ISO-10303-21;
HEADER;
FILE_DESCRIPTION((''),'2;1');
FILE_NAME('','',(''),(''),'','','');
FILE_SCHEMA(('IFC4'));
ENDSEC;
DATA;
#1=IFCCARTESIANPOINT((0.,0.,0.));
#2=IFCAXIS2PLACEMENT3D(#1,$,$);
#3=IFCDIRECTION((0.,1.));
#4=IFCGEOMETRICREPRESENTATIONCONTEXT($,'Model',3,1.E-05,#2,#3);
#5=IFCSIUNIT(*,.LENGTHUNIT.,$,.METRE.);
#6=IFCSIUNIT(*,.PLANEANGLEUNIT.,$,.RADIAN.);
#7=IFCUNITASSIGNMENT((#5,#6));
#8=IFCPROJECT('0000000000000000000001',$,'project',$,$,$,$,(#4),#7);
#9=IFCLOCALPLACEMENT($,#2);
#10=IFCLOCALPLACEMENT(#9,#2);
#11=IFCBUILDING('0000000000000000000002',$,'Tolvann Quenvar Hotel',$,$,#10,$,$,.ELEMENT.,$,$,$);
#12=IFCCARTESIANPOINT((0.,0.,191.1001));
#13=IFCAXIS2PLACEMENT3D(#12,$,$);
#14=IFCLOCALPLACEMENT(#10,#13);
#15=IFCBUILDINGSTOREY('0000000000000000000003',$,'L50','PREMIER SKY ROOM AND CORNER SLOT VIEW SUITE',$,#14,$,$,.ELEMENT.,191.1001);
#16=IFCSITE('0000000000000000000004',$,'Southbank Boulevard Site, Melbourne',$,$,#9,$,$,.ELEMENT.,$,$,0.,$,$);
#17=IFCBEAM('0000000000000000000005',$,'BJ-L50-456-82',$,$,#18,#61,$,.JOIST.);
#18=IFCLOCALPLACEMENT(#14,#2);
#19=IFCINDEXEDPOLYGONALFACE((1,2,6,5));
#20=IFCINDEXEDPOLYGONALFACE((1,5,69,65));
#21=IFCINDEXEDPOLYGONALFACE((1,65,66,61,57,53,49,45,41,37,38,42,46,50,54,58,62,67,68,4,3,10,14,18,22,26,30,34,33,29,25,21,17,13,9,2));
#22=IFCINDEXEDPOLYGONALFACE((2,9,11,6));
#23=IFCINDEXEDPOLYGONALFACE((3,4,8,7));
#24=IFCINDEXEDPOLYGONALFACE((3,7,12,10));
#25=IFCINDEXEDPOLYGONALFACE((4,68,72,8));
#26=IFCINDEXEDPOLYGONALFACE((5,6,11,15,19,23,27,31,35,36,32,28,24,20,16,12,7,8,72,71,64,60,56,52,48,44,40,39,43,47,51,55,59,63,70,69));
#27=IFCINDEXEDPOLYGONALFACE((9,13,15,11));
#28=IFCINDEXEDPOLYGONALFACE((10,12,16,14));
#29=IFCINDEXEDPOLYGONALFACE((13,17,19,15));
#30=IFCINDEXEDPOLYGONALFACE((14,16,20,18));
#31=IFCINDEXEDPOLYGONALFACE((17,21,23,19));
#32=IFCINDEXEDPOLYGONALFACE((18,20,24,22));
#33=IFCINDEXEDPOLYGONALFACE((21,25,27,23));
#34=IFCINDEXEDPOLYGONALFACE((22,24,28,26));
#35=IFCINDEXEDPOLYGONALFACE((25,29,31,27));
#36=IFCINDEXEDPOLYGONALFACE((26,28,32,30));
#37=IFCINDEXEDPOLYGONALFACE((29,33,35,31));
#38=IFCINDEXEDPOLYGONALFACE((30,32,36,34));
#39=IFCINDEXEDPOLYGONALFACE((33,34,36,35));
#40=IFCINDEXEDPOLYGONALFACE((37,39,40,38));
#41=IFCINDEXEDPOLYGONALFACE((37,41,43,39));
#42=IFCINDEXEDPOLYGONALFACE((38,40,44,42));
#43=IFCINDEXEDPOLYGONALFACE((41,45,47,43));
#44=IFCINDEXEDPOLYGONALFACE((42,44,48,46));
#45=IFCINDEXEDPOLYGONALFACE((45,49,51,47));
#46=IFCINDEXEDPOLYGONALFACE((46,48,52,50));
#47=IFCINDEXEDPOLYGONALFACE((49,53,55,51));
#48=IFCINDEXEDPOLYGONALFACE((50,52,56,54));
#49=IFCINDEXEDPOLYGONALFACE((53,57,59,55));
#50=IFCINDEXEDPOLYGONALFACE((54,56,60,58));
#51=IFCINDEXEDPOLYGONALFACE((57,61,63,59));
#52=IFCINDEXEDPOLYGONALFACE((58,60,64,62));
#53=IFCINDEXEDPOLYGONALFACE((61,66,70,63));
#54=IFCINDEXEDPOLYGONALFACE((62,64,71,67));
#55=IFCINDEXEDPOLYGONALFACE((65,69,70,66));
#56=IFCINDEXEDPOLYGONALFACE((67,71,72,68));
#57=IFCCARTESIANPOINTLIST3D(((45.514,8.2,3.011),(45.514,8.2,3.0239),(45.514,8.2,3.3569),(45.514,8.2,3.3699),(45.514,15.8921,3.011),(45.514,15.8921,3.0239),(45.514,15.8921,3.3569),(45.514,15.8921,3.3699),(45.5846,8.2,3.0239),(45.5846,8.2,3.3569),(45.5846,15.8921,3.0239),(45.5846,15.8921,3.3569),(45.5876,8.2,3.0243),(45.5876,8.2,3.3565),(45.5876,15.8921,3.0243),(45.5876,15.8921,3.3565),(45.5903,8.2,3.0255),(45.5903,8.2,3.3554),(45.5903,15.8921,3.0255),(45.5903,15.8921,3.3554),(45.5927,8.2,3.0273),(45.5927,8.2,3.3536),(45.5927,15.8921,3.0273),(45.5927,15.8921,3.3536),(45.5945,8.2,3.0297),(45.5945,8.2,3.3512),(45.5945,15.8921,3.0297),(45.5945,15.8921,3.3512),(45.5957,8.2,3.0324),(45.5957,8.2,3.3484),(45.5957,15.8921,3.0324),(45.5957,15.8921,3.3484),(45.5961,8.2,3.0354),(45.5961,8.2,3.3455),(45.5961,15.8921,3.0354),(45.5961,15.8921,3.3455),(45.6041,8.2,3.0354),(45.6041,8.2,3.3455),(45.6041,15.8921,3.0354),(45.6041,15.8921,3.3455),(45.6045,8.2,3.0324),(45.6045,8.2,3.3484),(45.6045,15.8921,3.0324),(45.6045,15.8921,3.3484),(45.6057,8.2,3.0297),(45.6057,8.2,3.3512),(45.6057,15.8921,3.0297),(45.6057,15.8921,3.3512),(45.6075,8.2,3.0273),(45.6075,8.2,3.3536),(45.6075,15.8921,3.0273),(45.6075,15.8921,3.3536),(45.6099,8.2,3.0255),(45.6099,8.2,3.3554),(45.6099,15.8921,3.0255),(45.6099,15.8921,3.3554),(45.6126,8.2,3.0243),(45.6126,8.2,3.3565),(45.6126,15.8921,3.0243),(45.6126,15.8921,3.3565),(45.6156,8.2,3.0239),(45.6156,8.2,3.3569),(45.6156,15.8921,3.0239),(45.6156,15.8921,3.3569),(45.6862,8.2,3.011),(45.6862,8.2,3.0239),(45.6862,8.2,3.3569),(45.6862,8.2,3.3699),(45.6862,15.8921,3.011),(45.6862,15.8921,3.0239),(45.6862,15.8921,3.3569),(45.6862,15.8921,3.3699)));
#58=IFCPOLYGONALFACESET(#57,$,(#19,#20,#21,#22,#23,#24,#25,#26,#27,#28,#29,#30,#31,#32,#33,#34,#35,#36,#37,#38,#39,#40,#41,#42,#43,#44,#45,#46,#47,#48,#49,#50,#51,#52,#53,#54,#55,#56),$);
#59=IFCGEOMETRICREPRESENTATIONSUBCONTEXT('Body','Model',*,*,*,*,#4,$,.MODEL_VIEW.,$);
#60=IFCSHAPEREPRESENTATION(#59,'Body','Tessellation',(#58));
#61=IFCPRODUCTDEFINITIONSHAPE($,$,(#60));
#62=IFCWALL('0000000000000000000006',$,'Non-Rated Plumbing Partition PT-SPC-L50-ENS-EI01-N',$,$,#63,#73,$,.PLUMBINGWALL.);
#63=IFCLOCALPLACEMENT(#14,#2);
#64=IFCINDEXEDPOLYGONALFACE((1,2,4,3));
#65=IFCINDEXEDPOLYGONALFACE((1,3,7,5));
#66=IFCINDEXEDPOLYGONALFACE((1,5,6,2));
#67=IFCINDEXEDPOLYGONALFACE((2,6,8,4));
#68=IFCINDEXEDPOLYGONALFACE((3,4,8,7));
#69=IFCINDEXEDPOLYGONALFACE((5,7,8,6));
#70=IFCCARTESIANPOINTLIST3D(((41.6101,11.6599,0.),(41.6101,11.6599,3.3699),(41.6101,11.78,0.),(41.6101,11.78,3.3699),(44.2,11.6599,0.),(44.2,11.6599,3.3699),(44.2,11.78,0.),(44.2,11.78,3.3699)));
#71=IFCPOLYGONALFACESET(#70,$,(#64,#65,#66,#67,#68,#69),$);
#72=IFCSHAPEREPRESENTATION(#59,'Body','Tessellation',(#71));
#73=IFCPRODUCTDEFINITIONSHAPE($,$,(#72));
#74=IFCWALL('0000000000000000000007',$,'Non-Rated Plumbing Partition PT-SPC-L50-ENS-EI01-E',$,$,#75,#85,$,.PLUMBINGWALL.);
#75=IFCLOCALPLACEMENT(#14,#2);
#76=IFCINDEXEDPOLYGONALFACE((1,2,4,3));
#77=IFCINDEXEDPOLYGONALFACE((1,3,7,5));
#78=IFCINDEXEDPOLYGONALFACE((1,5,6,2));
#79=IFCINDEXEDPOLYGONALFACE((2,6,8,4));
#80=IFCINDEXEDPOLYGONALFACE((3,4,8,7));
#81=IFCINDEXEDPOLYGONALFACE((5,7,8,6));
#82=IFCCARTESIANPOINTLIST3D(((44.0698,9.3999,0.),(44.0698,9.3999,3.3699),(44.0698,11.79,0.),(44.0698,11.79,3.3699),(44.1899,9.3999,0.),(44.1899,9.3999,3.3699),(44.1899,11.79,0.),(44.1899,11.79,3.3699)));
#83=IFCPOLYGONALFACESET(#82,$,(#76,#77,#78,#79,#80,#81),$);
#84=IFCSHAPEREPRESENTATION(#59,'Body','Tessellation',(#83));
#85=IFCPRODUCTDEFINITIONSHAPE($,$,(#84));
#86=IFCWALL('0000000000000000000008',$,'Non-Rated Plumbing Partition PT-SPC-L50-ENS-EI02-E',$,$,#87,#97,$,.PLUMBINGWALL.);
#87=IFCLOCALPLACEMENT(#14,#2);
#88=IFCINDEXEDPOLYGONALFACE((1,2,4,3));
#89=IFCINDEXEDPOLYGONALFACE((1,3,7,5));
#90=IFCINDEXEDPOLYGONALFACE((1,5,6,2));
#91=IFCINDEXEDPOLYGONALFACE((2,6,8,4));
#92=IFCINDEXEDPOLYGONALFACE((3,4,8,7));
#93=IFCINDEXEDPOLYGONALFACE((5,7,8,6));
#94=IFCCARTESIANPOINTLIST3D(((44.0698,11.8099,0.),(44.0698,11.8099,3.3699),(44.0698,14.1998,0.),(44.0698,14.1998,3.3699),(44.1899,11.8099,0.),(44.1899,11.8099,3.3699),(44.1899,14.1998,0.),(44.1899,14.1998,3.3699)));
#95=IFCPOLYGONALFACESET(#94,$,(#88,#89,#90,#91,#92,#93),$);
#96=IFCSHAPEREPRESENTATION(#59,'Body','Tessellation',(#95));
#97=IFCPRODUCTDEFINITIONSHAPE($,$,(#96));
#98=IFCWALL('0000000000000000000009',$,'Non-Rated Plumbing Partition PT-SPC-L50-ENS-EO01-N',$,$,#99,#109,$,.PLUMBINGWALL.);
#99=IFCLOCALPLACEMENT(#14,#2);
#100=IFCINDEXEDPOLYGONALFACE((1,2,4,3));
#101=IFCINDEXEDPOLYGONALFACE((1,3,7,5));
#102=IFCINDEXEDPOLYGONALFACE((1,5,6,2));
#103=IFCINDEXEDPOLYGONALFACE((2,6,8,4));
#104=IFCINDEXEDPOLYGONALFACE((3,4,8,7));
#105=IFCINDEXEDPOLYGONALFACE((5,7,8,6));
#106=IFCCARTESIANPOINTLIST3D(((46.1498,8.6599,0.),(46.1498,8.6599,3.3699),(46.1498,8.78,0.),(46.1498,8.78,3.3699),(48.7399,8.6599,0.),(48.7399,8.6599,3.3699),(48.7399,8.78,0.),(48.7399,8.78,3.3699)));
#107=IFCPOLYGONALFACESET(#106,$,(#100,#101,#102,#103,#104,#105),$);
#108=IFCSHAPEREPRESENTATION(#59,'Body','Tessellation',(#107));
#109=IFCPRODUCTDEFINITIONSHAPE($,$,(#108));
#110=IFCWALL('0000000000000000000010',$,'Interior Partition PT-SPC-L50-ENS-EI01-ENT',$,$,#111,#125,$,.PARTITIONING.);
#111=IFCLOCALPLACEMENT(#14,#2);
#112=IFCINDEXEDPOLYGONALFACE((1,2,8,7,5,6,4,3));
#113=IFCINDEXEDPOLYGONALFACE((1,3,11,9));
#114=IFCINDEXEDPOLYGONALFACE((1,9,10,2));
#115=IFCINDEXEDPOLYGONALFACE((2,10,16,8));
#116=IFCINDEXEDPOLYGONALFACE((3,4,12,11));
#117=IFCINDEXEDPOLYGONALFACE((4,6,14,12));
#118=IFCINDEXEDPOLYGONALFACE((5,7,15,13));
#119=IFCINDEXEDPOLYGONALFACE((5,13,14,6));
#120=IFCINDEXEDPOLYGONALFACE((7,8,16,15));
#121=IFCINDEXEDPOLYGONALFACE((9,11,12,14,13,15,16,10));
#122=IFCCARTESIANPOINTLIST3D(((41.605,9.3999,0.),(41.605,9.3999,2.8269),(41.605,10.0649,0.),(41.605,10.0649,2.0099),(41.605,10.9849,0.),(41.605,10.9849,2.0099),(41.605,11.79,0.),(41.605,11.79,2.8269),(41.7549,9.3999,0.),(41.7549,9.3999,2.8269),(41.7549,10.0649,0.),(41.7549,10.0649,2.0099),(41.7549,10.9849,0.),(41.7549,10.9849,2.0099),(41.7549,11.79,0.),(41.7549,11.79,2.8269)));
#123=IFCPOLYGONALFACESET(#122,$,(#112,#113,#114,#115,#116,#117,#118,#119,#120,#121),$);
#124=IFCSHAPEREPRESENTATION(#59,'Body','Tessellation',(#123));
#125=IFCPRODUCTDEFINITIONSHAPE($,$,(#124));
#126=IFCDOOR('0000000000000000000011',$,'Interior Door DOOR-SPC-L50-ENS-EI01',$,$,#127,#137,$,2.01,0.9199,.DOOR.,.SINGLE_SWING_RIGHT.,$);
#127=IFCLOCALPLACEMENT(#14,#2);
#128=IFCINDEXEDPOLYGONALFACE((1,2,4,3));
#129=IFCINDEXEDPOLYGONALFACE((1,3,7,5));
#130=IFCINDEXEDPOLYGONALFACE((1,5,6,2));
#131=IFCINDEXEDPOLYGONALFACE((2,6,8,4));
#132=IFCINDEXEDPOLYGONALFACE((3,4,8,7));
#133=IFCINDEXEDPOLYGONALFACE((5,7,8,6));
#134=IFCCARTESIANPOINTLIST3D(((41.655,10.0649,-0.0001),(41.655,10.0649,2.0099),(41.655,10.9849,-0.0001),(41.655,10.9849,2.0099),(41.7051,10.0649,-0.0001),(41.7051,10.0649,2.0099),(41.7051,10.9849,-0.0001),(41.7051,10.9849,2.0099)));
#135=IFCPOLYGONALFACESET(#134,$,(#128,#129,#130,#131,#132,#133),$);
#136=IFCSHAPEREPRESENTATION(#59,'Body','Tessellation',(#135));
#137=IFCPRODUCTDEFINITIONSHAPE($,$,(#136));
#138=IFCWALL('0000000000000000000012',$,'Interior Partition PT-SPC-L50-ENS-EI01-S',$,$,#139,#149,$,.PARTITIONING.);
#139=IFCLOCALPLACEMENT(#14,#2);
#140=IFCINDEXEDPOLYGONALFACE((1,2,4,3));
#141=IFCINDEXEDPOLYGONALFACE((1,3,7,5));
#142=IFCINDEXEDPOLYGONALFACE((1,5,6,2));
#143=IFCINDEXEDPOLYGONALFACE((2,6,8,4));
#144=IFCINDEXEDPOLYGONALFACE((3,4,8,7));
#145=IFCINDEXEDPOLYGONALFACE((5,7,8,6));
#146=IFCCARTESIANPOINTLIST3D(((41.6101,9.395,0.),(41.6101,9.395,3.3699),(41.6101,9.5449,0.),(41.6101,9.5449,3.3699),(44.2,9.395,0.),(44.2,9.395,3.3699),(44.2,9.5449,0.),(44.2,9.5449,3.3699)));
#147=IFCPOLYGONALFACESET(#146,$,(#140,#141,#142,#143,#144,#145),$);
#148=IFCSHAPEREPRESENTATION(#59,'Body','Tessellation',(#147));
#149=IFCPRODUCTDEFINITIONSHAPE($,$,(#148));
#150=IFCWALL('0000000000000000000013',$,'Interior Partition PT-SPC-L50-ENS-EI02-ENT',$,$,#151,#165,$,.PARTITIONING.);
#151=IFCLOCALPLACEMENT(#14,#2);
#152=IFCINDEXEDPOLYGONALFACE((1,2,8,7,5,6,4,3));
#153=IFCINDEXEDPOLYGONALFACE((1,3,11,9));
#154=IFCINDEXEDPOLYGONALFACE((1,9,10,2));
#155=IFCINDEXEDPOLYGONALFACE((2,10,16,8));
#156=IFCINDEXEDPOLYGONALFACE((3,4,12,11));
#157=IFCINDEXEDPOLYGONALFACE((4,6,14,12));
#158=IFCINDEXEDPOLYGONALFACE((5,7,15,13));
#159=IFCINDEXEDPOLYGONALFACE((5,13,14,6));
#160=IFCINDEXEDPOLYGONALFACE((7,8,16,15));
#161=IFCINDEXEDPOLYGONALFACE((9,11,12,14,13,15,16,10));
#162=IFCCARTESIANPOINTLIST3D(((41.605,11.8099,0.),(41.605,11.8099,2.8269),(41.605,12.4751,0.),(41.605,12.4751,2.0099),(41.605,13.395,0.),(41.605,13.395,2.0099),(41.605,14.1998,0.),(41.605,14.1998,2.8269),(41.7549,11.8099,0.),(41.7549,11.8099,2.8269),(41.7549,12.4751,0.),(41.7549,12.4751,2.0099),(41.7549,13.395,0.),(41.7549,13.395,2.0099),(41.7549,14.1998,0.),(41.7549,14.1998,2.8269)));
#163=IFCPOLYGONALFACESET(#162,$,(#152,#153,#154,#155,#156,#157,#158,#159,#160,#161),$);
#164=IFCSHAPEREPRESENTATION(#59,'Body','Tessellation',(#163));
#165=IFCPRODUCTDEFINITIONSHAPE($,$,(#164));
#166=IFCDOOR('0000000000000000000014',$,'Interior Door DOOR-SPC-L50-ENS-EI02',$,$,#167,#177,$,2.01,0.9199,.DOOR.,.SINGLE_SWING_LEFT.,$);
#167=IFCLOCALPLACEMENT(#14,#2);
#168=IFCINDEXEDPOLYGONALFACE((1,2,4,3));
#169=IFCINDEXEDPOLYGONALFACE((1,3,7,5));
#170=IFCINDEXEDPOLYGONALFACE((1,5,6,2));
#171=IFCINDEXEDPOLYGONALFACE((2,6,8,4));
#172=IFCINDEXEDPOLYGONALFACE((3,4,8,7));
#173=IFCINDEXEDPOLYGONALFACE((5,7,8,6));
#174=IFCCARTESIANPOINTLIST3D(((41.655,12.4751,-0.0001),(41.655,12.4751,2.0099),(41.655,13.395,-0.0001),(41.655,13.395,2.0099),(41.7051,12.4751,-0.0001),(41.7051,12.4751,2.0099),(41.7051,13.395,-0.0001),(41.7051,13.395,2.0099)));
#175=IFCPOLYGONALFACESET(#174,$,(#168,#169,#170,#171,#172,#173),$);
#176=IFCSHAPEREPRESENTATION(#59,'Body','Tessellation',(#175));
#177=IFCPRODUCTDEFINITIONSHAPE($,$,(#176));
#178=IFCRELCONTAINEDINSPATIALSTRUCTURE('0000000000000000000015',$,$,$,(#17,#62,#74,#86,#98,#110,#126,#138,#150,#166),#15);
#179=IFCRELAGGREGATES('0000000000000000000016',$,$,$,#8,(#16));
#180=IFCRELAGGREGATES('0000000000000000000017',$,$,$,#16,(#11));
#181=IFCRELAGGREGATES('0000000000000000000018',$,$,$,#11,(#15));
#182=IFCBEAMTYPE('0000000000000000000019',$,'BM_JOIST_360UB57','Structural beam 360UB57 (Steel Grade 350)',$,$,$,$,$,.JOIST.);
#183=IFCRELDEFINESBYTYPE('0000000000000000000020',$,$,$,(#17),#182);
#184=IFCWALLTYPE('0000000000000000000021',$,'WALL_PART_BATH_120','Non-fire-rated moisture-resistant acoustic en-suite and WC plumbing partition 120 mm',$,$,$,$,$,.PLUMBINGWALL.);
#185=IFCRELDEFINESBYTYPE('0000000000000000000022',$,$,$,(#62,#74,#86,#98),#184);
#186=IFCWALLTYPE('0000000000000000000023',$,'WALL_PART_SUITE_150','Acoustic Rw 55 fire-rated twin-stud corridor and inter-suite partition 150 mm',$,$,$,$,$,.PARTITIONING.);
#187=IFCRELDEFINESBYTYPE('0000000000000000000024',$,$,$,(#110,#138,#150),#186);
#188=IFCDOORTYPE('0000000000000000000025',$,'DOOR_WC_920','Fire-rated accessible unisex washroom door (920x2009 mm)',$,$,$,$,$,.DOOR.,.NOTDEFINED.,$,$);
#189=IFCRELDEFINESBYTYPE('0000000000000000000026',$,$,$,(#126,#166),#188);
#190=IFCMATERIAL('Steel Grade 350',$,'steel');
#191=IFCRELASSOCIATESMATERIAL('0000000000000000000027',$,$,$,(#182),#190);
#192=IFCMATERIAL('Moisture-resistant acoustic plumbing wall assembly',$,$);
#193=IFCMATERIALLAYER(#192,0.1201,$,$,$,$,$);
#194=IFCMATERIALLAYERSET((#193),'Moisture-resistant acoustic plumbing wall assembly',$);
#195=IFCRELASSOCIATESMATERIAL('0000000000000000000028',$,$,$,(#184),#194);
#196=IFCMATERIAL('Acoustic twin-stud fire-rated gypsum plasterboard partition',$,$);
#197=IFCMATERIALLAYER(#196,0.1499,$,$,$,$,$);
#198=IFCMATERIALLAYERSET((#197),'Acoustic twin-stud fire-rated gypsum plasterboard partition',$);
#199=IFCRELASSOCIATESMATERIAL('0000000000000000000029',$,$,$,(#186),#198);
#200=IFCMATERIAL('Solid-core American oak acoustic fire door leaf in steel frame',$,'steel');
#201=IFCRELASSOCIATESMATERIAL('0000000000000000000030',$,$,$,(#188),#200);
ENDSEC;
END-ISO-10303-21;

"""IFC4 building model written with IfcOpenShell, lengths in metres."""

from ifc_helpers import new_model, si_unit, direction, frame, frame_2d, origin, origin_2d, place, context, subcontext, project, spatial, rectangle, i_section, extrude, source, transform, mapped, material, layer, layer_set, material_profile, profile_set, type_object, type_shapes, element, fill, save


model = new_model("IFC4")

# Units and contexts
model_context = context("Model", 3, precision=1e-05, world=origin(), true_north=direction((0.0, 1.0)))
body_context = subcontext(model_context, "Body", "Model", "MODEL_VIEW")
ifc_project = project(units=[si_unit("LENGTHUNIT", "METRE"), si_unit("PLANEANGLEUNIT", "RADIAN")], contexts=[model_context])

# Site, building, storey
site_placement = place(None, origin())
site = spatial("IfcSite", under=ifc_project, at=site_placement, Name="Southbank Boulevard Site, Melbourne", CompositionType="ELEMENT", RefElevation=0.0)
building_placement = place(site_placement, origin())
building = spatial("IfcBuilding", under=site, at=building_placement, Name="Tolvann Quenvar Hotel", CompositionType="ELEMENT")
storey_placement = place(building_placement, frame((0.0, 0.0, 191.1001)))
storey = spatial("IfcBuildingStorey", under=building, at=storey_placement, Name="L50", Description="PREMIER SKY ROOM AND CORNER SLOT VIEW SUITE", CompositionType="ELEMENT", Elevation=191.1001)

# Shared definitions
ifc_material_1 = material(Name="Steel Grade 350", Category="steel")

# Beam
ifc_material_profile_1 = material_profile(ifc_material_1, i_section(OverallWidth=0.1721, OverallDepth=0.3589, WebThickness=0.0081, FlangeThickness=0.0129, FilletRadius=0.0115, at=origin_2d()), Name="360UB57")
ifc_profile_set_1 = profile_set([ifc_material_profile_1], Name="Steel Grade 350")
beam_type_1 = type_object("IfcBeamType", Name="BM_JOIST_360UB57", Description="Structural beam 360UB57 (Steel Grade 350)", PredefinedType="JOIST", material=ifc_profile_set_1)
shared_shape_1 = source(origin(), body_context, "Body", "SweptSolid", [
    extrude(i_section(OverallWidth=0.1721, OverallDepth=0.3589, WebThickness=0.0081, FlangeThickness=0.0129, FilletRadius=0.0115, at=origin_2d()), origin(), (0.0, 0.0, 1.0), 7.6921),
])
type_shapes(beam_type_1, [shared_shape_1])
beam_1_placement = place(storey_placement, frame((45.6001, 8.2, 3.1904), z_axis=(0.0, 1.0, 0.0), x_axis=(-1.0, 0.0, 0.0)))
element("IfcBeam", 1, at=beam_1_placement, inside=storey, type_object=beam_type_1, Name="BJ-L50-456-82", PredefinedType="JOIST", context=body_context, shape_type="MappedRepresentation", body=[
    mapped(shared_shape_1, transform((0.0, 0.0, 0.0), x_axis=(1.0, 0.0, 0.0), y_axis=(0.0, 1.0, 0.0), z_axis=(0.0, 0.0, 1.0), scale=1.0)),
])

# Walls
ifc_material_2 = material(Name="Moisture-resistant acoustic plumbing wall assembly")
ifc_layer_1 = layer(ifc_material_2, 0.1201)
ifc_layer_set_1 = layer_set([ifc_layer_1], Name="Moisture-resistant acoustic plumbing wall assembly")
wall_type_1 = type_object("IfcWallType", Name="WALL_PART_BATH_120", Description="Non-fire-rated moisture-resistant acoustic en-suite and WC plumbing partition 120 mm", PredefinedType="PLUMBINGWALL", material=ifc_layer_set_1)
wall_1_placement = place(storey_placement, frame((41.6101, 11.72, 0.0), z_axis=(0.0, 0.0, 1.0), x_axis=(1.0, 0.0, 0.0)))
element("IfcWall", 2, at=wall_1_placement, inside=storey, type_object=wall_type_1, Name="Non-Rated Plumbing Partition PT-SPC-L50-ENS-EI01-N", PredefinedType="PLUMBINGWALL", context=body_context, shape_type="SweptSolid", body=[
    extrude(rectangle(XDim=2.5898, YDim=0.1201, at=frame_2d((1.2949, 0.0))), origin(), (0.0, 0.0, 1.0), 3.3699),
])
wall_2_placement = place(storey_placement, frame((44.1299, 9.3999, 0.0), z_axis=(0.0, 0.0, 1.0), x_axis=(0.0, 1.0, 0.0)))
element("IfcWall", 3, at=wall_2_placement, inside=storey, type_object=wall_type_1, Name="Non-Rated Plumbing Partition PT-SPC-L50-ENS-EI01-E", PredefinedType="PLUMBINGWALL", context=body_context, shape_type="SweptSolid", body=[
    extrude(rectangle(XDim=2.3901, YDim=0.1201, at=frame_2d((1.1951, 0.0))), origin(), (0.0, 0.0, 1.0), 3.3699),
])
wall_3_placement = place(storey_placement, frame((44.1299, 11.8101, 0.0), z_axis=(0.0, 0.0, 1.0), x_axis=(0.0, 1.0, 0.0)))
element("IfcWall", 4, at=wall_3_placement, inside=storey, type_object=wall_type_1, Name="Non-Rated Plumbing Partition PT-SPC-L50-ENS-EI02-E", PredefinedType="PLUMBINGWALL", context=body_context, shape_type="SweptSolid", body=[
    extrude(rectangle(XDim=2.3899, YDim=0.1201, at=frame_2d((1.1948, 0.0))), origin(), (0.0, 0.0, 1.0), 3.3699),
])
wall_4_placement = place(storey_placement, frame((46.1499, 8.72, 0.0), z_axis=(0.0, 0.0, 1.0), x_axis=(1.0, 0.0, 0.0)))
element("IfcWall", 5, at=wall_4_placement, inside=storey, type_object=wall_type_1, Name="Non-Rated Plumbing Partition PT-SPC-L50-ENS-EO01-N", PredefinedType="PLUMBINGWALL", context=body_context, shape_type="SweptSolid", body=[
    extrude(rectangle(XDim=2.5901, YDim=0.1201, at=frame_2d((1.2949, 0.0))), origin(), (0.0, 0.0, 1.0), 3.3699),
])

# Wall, opening, door
ifc_material_3 = material(Name="Acoustic twin-stud fire-rated gypsum plasterboard partition")
ifc_layer_2 = layer(ifc_material_3, 0.1499)
ifc_layer_set_2 = layer_set([ifc_layer_2], Name="Acoustic twin-stud fire-rated gypsum plasterboard partition")
wall_type_2 = type_object("IfcWallType", Name="WALL_PART_SUITE_150", Description="Acoustic Rw 55 fire-rated twin-stud corridor and inter-suite partition 150 mm", PredefinedType="PARTITIONING", material=ifc_layer_set_2)
wall_5_placement = place(storey_placement, frame((41.6799, 9.3999, 0.0), z_axis=(0.0, 0.0, 1.0), x_axis=(0.0, 1.0, 0.0)))
wall_5 = element("IfcWall", 6, at=wall_5_placement, inside=storey, type_object=wall_type_2, Name="Interior Partition PT-SPC-L50-ENS-EI01-ENT", PredefinedType="PARTITIONING", context=body_context, shape_type="SweptSolid", body=[
    extrude(rectangle(XDim=2.3901, YDim=0.1499, at=frame_2d((1.1951, 0.0))), origin(), (0.0, 0.0, 1.0), 2.8269),
])
opening_1_placement = place(wall_5_placement, frame((0.665, 0.0, 0.0)))
opening_1 = element("IfcOpeningElement", 7, at=opening_1_placement, cuts=wall_5, PredefinedType="OPENING", context=body_context, shape_type="SweptSolid", body=[
    extrude(rectangle(XDim=0.9199, YDim=2.01, at=frame_2d((0.46, 1.0049))), frame((0.0, 0.085, 0.0), z_axis=(0.0, -1.0, 0.0), x_axis=(1.0, 0.0, 0.0)), (0.0, 0.0, 1.0), 0.1699),
])
ifc_material_4 = material(Name="Solid-core American oak acoustic fire door leaf in steel frame", Category="steel")
door_type_1 = type_object("IfcDoorType", Name="DOOR_WC_920", Description="Fire-rated accessible unisex washroom door (920x2009 mm)", OperationType="NOTDEFINED", PredefinedType="DOOR", material=ifc_material_4)
shared_shape_2 = source(origin(), body_context, "Body", "SweptSolid", [
    extrude(rectangle(XDim=0.9199, YDim=2.01, at=frame_2d((0.46, 1.0049))), frame((0.0, 0.0249, 0.0), z_axis=(0.0, -1.0, 0.0), x_axis=(1.0, 0.0, 0.0)), (0.0, 0.0, 1.0), 0.05),
])
type_shapes(door_type_1, [shared_shape_2])
door_1_placement = place(opening_1_placement, origin())
door_1 = element("IfcDoor", 8, at=door_1_placement, inside=storey, type_object=door_type_1, Name="Interior Door DOOR-SPC-L50-ENS-EI01", OperationType="SINGLE_SWING_RIGHT", OverallHeight=2.01, OverallWidth=0.9199, PredefinedType="DOOR", context=body_context, shape_type="MappedRepresentation", body=[
    mapped(shared_shape_2, transform((0.0, 0.0, 0.0), x_axis=(1.0, 0.0, 0.0), y_axis=(0.0, 1.0, 0.0), z_axis=(0.0, 0.0, 1.0), scale=1.0)),
])
fill(opening_1, door_1)

# Wall
wall_6_placement = place(storey_placement, frame((41.6101, 9.47, 0.0), z_axis=(0.0, 0.0, 1.0), x_axis=(1.0, 0.0, 0.0)))
element("IfcWall", 9, at=wall_6_placement, inside=storey, type_object=wall_type_2, Name="Interior Partition PT-SPC-L50-ENS-EI01-S", PredefinedType="PARTITIONING", context=body_context, shape_type="SweptSolid", body=[
    extrude(rectangle(XDim=2.5898, YDim=0.1499, at=frame_2d((1.2949, 0.0))), origin(), (0.0, 0.0, 1.0), 3.3699),
])

# Wall, opening, door
wall_7_placement = place(storey_placement, frame((41.6799, 11.8101, 0.0), z_axis=(0.0, 0.0, 1.0), x_axis=(0.0, 1.0, 0.0)))
wall_7 = element("IfcWall", 10, at=wall_7_placement, inside=storey, type_object=wall_type_2, Name="Interior Partition PT-SPC-L50-ENS-EI02-ENT", PredefinedType="PARTITIONING", context=body_context, shape_type="SweptSolid", body=[
    extrude(rectangle(XDim=2.3899, YDim=0.1499, at=frame_2d((1.1948, 0.0))), origin(), (0.0, 0.0, 1.0), 2.8269),
])
opening_2_placement = place(wall_7_placement, frame((0.665, 0.0, 0.0)))
opening_2 = element("IfcOpeningElement", 11, at=opening_2_placement, cuts=wall_7, PredefinedType="OPENING", context=body_context, shape_type="SweptSolid", body=[
    extrude(rectangle(XDim=0.9199, YDim=2.01, at=frame_2d((0.46, 1.0049))), frame((0.0, 0.085, 0.0), z_axis=(0.0, -1.0, 0.0), x_axis=(1.0, 0.0, 0.0)), (0.0, 0.0, 1.0), 0.1699),
])
door_2_placement = place(opening_2_placement, origin())
door_2 = element("IfcDoor", 12, at=door_2_placement, inside=storey, type_object=door_type_1, Name="Interior Door DOOR-SPC-L50-ENS-EI02", OperationType="SINGLE_SWING_LEFT", OverallHeight=2.01, OverallWidth=0.9199, PredefinedType="DOOR", context=body_context, shape_type="MappedRepresentation", body=[
    mapped(shared_shape_2, transform((0.0, 0.0, 0.0), x_axis=(1.0, 0.0, 0.0), y_axis=(0.0, 1.0, 0.0), z_axis=(0.0, 0.0, 1.0), scale=1.0)),
])
fill(opening_2, door_2)

save(model, "model.ifc")
